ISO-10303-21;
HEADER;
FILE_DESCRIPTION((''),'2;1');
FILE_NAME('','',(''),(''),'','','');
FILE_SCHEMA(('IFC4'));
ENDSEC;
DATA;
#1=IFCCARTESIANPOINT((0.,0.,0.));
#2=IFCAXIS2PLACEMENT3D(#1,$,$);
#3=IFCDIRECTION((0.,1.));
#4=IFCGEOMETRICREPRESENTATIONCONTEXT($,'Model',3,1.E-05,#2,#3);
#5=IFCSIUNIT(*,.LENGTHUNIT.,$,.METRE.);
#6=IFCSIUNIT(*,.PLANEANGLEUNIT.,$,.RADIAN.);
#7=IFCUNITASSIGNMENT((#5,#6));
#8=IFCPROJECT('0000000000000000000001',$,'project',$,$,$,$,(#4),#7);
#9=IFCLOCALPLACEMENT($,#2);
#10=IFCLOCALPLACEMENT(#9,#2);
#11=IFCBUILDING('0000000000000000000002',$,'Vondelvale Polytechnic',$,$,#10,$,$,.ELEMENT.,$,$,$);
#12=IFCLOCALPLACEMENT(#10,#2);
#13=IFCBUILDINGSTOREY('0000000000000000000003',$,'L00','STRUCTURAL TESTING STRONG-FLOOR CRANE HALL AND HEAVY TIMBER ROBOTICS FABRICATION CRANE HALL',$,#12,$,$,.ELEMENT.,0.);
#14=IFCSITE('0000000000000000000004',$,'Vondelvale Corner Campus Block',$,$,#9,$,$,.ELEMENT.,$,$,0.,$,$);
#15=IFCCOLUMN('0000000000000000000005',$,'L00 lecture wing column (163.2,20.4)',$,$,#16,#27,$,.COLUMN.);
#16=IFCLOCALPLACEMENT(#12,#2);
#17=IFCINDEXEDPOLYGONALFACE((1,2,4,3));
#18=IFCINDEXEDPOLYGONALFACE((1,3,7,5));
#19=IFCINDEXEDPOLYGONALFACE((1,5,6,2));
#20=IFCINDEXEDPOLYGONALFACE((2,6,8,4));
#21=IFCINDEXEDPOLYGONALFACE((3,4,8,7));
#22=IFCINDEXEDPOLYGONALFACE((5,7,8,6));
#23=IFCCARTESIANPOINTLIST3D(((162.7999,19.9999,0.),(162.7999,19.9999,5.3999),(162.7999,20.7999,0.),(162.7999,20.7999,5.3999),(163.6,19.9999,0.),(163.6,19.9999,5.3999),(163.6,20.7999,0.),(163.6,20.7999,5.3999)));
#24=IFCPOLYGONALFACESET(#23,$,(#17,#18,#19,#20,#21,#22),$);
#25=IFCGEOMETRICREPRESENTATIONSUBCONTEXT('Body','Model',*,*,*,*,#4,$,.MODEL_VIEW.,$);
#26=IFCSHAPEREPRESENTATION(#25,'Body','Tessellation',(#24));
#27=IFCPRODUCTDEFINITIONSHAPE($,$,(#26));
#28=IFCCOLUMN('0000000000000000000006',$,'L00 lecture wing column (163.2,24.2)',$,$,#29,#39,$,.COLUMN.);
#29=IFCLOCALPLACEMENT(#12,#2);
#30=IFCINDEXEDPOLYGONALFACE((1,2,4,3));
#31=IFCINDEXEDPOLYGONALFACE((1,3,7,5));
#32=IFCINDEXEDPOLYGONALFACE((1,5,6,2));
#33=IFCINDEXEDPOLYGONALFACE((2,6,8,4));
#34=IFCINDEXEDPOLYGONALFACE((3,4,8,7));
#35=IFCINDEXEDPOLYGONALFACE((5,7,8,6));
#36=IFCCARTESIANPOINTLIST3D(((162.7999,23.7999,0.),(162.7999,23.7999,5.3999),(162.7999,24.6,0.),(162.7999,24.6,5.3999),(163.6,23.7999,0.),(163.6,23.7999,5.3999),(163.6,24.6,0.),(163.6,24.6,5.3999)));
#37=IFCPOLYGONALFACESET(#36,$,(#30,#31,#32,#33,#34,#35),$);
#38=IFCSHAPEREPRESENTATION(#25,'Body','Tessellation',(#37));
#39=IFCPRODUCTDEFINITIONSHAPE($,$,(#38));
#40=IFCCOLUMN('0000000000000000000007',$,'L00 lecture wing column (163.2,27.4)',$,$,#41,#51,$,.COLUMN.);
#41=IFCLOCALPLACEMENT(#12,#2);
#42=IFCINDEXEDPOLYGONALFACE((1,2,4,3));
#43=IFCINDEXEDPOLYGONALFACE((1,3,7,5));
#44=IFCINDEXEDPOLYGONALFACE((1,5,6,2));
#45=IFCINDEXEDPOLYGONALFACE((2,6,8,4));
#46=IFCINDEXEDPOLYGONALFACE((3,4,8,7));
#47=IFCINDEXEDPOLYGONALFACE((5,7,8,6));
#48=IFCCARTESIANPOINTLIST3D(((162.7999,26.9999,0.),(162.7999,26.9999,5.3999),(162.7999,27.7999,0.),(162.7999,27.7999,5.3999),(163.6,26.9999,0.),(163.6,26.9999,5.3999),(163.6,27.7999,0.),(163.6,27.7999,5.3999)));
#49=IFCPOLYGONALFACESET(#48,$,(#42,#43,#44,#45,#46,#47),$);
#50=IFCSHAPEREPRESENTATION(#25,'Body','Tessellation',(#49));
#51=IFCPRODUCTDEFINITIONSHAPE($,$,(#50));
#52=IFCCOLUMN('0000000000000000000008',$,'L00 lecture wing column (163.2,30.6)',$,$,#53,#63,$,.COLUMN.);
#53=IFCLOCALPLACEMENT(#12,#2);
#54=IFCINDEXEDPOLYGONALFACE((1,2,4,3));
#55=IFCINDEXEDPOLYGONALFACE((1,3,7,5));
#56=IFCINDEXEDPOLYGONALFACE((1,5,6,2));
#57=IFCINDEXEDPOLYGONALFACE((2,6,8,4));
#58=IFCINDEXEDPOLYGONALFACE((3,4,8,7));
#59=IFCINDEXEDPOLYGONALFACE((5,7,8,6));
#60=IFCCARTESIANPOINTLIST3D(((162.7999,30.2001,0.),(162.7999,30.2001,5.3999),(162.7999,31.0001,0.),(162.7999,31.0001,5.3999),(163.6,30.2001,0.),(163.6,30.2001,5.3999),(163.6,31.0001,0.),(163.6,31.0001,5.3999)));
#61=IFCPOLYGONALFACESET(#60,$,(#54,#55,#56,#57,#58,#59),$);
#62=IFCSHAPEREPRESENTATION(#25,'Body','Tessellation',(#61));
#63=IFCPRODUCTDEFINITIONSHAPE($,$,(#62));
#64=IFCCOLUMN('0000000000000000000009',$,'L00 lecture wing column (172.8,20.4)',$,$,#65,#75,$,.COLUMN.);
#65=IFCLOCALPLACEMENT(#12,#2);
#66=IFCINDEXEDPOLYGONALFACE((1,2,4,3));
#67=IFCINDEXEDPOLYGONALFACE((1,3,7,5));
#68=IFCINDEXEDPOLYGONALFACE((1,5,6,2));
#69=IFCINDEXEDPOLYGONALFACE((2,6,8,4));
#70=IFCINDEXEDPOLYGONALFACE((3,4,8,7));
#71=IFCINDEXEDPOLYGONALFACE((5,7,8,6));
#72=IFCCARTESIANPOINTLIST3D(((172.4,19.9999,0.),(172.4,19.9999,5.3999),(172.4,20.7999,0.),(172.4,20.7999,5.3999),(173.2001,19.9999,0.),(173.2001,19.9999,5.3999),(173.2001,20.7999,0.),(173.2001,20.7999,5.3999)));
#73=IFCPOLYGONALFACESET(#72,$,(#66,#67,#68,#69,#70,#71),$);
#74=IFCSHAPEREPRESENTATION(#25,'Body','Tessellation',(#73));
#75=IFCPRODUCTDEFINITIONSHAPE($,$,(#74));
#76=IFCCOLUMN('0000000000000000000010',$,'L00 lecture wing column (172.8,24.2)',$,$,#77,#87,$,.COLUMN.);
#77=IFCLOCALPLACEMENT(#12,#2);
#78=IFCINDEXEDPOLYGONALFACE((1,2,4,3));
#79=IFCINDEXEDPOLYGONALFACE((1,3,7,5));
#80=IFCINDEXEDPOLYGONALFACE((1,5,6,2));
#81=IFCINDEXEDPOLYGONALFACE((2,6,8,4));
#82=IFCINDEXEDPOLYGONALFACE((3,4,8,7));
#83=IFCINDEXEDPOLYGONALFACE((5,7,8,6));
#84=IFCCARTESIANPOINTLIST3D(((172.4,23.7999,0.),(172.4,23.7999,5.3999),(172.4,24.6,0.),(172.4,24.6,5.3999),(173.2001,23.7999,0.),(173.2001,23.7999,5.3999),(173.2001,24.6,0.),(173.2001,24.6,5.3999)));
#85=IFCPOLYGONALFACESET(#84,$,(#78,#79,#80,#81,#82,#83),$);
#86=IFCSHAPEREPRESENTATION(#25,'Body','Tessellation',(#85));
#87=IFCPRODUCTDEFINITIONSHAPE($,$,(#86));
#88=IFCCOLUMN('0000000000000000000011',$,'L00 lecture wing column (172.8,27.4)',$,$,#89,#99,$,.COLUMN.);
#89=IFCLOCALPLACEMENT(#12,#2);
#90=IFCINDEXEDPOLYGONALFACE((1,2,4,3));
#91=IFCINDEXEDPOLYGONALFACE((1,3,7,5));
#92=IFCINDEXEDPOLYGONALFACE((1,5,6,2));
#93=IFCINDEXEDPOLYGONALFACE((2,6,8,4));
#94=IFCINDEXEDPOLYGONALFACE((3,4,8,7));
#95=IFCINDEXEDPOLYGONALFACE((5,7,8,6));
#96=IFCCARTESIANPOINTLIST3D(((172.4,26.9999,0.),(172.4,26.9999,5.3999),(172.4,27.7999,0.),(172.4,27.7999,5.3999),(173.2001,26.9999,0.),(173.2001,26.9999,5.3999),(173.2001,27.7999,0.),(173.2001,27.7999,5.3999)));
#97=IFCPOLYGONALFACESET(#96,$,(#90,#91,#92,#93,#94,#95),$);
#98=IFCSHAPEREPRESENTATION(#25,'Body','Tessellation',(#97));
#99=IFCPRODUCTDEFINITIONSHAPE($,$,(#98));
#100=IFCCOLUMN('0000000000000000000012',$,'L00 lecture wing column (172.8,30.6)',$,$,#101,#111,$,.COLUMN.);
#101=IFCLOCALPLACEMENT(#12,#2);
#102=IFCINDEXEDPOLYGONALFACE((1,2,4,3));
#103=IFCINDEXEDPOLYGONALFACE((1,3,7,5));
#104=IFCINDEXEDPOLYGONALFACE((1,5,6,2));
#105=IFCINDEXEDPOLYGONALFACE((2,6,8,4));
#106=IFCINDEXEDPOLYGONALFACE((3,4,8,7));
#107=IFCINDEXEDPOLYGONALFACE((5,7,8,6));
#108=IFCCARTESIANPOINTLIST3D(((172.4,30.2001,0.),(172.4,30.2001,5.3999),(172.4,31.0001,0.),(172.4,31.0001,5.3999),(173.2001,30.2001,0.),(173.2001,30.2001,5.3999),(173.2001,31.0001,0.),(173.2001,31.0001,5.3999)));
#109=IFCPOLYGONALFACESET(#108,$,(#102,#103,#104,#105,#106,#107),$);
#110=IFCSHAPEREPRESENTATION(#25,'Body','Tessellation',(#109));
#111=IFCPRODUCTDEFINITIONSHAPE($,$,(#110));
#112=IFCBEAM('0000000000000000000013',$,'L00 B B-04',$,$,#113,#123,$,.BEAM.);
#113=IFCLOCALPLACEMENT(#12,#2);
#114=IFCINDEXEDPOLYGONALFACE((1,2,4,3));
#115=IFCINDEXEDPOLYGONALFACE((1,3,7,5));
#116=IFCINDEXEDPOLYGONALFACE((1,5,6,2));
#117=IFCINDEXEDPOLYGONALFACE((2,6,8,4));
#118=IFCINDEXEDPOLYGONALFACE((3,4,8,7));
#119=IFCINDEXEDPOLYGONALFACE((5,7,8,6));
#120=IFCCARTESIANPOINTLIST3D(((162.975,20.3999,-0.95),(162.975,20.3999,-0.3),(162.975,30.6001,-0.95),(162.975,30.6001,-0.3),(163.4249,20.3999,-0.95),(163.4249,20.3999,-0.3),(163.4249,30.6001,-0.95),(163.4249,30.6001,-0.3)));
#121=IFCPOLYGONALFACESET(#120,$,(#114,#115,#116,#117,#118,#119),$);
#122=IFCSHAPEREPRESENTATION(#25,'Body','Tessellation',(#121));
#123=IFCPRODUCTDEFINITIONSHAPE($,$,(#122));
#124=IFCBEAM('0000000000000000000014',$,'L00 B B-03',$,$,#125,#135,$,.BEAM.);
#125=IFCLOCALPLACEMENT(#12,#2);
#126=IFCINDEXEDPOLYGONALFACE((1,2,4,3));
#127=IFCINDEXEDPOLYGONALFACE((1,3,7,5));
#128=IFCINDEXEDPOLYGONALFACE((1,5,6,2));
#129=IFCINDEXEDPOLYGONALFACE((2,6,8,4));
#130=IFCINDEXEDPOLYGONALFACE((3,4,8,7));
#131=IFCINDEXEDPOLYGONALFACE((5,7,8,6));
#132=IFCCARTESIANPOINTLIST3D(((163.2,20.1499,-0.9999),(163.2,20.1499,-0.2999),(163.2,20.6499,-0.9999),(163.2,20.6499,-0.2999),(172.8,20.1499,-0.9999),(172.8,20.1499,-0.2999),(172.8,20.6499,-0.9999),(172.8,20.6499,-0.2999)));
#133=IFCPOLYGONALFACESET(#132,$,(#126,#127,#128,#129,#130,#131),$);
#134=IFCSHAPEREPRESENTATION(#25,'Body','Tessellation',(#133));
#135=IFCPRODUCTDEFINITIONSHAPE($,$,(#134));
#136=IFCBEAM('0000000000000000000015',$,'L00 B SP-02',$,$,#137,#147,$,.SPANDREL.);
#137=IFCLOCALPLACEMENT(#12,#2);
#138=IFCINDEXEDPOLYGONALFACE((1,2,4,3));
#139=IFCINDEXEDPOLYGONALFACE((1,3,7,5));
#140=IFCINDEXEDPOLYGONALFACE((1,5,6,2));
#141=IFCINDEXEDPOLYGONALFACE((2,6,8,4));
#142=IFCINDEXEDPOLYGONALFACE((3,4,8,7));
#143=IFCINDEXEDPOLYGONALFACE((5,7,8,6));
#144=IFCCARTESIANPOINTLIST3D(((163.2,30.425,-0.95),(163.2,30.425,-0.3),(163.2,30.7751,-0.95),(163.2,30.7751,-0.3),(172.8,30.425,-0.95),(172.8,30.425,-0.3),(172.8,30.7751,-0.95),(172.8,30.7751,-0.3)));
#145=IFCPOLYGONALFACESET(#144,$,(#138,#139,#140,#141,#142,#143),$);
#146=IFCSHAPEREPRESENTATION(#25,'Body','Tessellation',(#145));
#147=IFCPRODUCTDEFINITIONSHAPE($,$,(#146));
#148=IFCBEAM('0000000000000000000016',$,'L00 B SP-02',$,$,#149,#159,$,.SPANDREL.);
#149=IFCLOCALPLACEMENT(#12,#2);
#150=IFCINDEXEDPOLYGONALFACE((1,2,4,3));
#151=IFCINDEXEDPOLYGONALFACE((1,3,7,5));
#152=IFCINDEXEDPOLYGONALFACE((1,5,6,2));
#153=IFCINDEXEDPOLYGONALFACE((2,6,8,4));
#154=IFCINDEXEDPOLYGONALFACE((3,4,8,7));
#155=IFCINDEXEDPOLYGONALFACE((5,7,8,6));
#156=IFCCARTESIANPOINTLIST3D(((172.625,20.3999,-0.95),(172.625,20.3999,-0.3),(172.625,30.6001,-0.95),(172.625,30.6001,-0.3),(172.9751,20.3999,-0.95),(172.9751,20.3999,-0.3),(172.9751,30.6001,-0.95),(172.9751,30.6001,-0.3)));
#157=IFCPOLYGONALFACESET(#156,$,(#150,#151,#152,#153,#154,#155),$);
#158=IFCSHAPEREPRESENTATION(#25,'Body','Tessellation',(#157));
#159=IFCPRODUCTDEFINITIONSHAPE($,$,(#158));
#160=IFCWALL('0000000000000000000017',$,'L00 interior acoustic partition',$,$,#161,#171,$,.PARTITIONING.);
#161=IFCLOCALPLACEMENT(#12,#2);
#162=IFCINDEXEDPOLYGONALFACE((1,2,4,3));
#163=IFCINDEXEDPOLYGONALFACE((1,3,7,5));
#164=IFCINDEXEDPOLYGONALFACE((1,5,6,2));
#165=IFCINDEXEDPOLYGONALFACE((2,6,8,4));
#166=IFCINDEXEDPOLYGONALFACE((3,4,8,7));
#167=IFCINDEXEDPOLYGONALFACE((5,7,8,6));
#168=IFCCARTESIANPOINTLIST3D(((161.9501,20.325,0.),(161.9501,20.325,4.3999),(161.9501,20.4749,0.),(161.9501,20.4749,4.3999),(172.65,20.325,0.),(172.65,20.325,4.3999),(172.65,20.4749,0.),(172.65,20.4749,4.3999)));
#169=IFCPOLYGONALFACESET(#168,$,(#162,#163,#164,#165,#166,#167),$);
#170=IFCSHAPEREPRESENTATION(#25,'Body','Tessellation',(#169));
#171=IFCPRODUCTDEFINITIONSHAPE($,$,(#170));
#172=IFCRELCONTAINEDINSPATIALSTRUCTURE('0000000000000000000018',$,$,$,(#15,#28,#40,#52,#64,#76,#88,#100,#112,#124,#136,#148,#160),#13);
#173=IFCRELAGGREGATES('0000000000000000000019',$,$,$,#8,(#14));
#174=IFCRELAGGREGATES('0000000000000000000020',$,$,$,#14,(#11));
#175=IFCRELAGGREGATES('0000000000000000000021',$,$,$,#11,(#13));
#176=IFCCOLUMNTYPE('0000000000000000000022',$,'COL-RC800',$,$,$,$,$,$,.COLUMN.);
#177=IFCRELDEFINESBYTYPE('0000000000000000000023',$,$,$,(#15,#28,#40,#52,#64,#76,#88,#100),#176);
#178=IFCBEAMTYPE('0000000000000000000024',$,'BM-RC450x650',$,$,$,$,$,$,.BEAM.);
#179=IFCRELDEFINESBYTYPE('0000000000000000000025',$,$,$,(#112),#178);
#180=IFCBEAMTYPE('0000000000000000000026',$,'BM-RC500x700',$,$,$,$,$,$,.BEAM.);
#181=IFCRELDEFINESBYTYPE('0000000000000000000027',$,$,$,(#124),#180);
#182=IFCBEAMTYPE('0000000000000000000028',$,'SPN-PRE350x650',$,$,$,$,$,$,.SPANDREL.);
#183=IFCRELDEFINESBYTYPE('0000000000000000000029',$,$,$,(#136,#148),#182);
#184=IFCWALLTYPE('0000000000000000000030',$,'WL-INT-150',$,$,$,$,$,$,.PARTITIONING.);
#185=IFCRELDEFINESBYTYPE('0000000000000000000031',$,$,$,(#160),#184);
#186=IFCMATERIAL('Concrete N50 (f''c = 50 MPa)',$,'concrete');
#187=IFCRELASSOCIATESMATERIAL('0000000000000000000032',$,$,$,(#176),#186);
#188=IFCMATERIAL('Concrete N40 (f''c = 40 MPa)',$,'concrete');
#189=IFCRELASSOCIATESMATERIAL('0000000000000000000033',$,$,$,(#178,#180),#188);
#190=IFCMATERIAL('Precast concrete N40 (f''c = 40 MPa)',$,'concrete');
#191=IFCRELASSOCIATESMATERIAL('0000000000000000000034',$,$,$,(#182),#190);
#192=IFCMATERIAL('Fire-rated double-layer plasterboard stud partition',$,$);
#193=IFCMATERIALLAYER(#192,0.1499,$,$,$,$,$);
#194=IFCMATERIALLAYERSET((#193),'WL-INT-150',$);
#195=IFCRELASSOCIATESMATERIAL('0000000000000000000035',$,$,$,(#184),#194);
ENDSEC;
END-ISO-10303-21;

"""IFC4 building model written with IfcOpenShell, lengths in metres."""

from ifc_helpers import new_model, si_unit, direction, frame, frame_2d, origin, origin_2d, place, context, subcontext, project, spatial, rectangle, extrude, material, layer, layer_set, material_profile, profile_set, type_object, element, save


model = new_model("IFC4")

# Units and contexts
model_context = context("Model", 3, precision=1e-05, world=origin(), true_north=direction((0.0, 1.0)))
body_context = subcontext(model_context, "Body", "Model", "MODEL_VIEW")
ifc_project = project(units=[si_unit("LENGTHUNIT", "METRE"), si_unit("PLANEANGLEUNIT", "RADIAN")], contexts=[model_context])

# Site, building, storey
site_placement = place(None, origin())
site = spatial("IfcSite", under=ifc_project, at=site_placement, Name="Vondelvale Corner Campus Block", CompositionType="ELEMENT", RefElevation=0.0)
building_placement = place(site_placement, origin())
building = spatial("IfcBuilding", under=site, at=building_placement, Name="Vondelvale Polytechnic", CompositionType="ELEMENT")
storey_placement = place(building_placement, origin())
storey = spatial("IfcBuildingStorey", under=building, at=storey_placement, Name="L00", Description="STRUCTURAL TESTING STRONG-FLOOR CRANE HALL AND HEAVY TIMBER ROBOTICS FABRICATION CRANE HALL", CompositionType="ELEMENT", Elevation=0.0)

# Columns
ifc_material_1 = material(Name="Concrete N50 (f'c = 50 MPa)", Category="concrete")
ifc_material_profile_1 = material_profile(ifc_material_1, rectangle(XDim=0.8, YDim=0.8, at=origin_2d()), Name="RC-COL-800x800")
ifc_profile_set_1 = profile_set([ifc_material_profile_1], Name="Concrete N50 (f'c = 50 MPa)")
column_type = type_object("IfcColumnType", Name="COL-RC800", PredefinedType="COLUMN", material=ifc_profile_set_1)
for number, where, z_axis, x_axis, name in (
    (1, (163.2, 20.3999, 0.0), (0.0, 0.0, 1.0), (1.0, 0.0, 0.0), "L00 lecture wing column (163.2,20.4)"),
    (2, (163.2, 24.2, 0.0), (0.0, 0.0, 1.0), (1.0, 0.0, 0.0), "L00 lecture wing column (163.2,24.2)"),
    (3, (163.2, 27.3999, 0.0), (0.0, 0.0, 1.0), (1.0, 0.0, 0.0), "L00 lecture wing column (163.2,27.4)"),
    (4, (163.2, 30.6001, 0.0), (0.0, 0.0, 1.0), (1.0, 0.0, 0.0), "L00 lecture wing column (163.2,30.6)"),
    (5, (172.8, 20.3999, 0.0), (0.0, 0.0, 1.0), (1.0, 0.0, 0.0), "L00 lecture wing column (172.8,20.4)"),
    (6, (172.8, 24.2, 0.0), (0.0, 0.0, 1.0), (1.0, 0.0, 0.0), "L00 lecture wing column (172.8,24.2)"),
    (7, (172.8, 27.3999, 0.0), (0.0, 0.0, 1.0), (1.0, 0.0, 0.0), "L00 lecture wing column (172.8,27.4)"),
    (8, (172.8, 30.6001, 0.0), (0.0, 0.0, 1.0), (1.0, 0.0, 0.0), "L00 lecture wing column (172.8,30.6)"),
):
    element("IfcColumn", number, at=place(storey_placement, frame(where, z_axis=z_axis, x_axis=x_axis)), inside=storey, type_object=column_type, Name=name, PredefinedType="COLUMN", context=body_context, shape_type="SweptSolid", body=[
        extrude(rectangle(XDim=0.8, YDim=0.8, at=origin_2d()), origin(), (0.0, 0.0, 1.0), 5.3999),
    ])

# Beams
ifc_material_2 = material(Name="Concrete N40 (f'c = 40 MPa)", Category="concrete")
ifc_material_profile_2 = material_profile(ifc_material_2, rectangle(XDim=0.45, YDim=0.6499, at=origin_2d()), Name="RC-BM-450x650")
ifc_profile_set_2 = profile_set([ifc_material_profile_2], Name="Concrete N40 (f'c = 40 MPa)")
beam_type_1 = type_object("IfcBeamType", Name="BM-RC450x650", PredefinedType="BEAM", material=ifc_profile_set_2)
beam_1_placement = place(storey_placement, frame((163.2, 20.3999, -0.625), z_axis=(0.0, 1.0, 0.0), x_axis=(-1.0, 0.0, 0.0)))
element("IfcBeam", 9, at=beam_1_placement, inside=storey, type_object=beam_type_1, Name="L00 B B-04", PredefinedType="BEAM", context=body_context, shape_type="SweptSolid", body=[
    extrude(rectangle(XDim=0.45, YDim=0.6499, at=origin_2d()), origin(), (0.0, 0.0, 1.0), 10.2002),
])
ifc_material_profile_3 = material_profile(ifc_material_2, rectangle(XDim=0.5, YDim=0.7, at=origin_2d()), Name="RC-BM-500x700")
ifc_profile_set_3 = profile_set([ifc_material_profile_3], Name="Concrete N40 (f'c = 40 MPa)")
beam_type_2 = type_object("IfcBeamType", Name="BM-RC500x700", PredefinedType="BEAM", material=ifc_profile_set_3)
beam_2_placement = place(storey_placement, frame((163.2, 20.3999, -0.6499), z_axis=(1.0, 0.0, 0.0), x_axis=(0.0, 1.0, 0.0)))
element("IfcBeam", 10, at=beam_2_placement, inside=storey, type_object=beam_type_2, Name="L00 B B-03", PredefinedType="BEAM", context=body_context, shape_type="SweptSolid", body=[
    extrude(rectangle(XDim=0.5, YDim=0.7, at=origin_2d()), origin(), (0.0, 0.0, 1.0), 9.6001),
])
ifc_material_3 = material(Name="Precast concrete N40 (f'c = 40 MPa)", Category="concrete")
ifc_material_profile_4 = material_profile(ifc_material_3, rectangle(XDim=0.3501, YDim=0.6499, at=origin_2d()), Name="RC-SPN-350x650")
ifc_profile_set_4 = profile_set([ifc_material_profile_4], Name="Precast concrete N40 (f'c = 40 MPa)")
beam_type_3 = type_object("IfcBeamType", Name="SPN-PRE350x650", PredefinedType="SPANDREL", material=ifc_profile_set_4)
beam_3_placement = place(storey_placement, frame((163.2, 30.6001, -0.625), z_axis=(1.0, 0.0, 0.0), x_axis=(0.0, 1.0, 0.0)))
element("IfcBeam", 11, at=beam_3_placement, inside=storey, type_object=beam_type_3, Name="L00 B SP-02", PredefinedType="SPANDREL", context=body_context, shape_type="SweptSolid", body=[
    extrude(rectangle(XDim=0.3501, YDim=0.6499, at=origin_2d()), origin(), (0.0, 0.0, 1.0), 9.6001),
])
beam_4_placement = place(storey_placement, frame((172.8, 20.3999, -0.625), z_axis=(0.0, 1.0, 0.0), x_axis=(-1.0, 0.0, 0.0)))
element("IfcBeam", 12, at=beam_4_placement, inside=storey, type_object=beam_type_3, Name="L00 B SP-02", PredefinedType="SPANDREL", context=body_context, shape_type="SweptSolid", body=[
    extrude(rectangle(XDim=0.3501, YDim=0.6499, at=origin_2d()), origin(), (0.0, 0.0, 1.0), 10.2002),
])

# Wall
ifc_material_4 = material(Name="Fire-rated double-layer plasterboard stud partition")
ifc_layer_1 = layer(ifc_material_4, 0.1499)
ifc_layer_set_1 = layer_set([ifc_layer_1], Name="WL-INT-150")
wall_type_1 = type_object("IfcWallType", Name="WL-INT-150", PredefinedType="PARTITIONING", material=ifc_layer_set_1)
wall_1_placement = place(storey_placement, frame((161.95, 20.3999, 0.0), z_axis=(0.0, 0.0, 1.0), x_axis=(1.0, 0.0, 0.0)))
element("IfcWall", 13, at=wall_1_placement, inside=storey, type_object=wall_type_1, Name="L00 interior acoustic partition", PredefinedType="PARTITIONING", context=body_context, shape_type="SweptSolid", body=[
    extrude(rectangle(XDim=10.7, YDim=0.1499, at=frame_2d((5.3501, 0.0))), origin(), (0.0, 0.0, 1.0), 4.3999),
])

save(model, "model.ifc")
